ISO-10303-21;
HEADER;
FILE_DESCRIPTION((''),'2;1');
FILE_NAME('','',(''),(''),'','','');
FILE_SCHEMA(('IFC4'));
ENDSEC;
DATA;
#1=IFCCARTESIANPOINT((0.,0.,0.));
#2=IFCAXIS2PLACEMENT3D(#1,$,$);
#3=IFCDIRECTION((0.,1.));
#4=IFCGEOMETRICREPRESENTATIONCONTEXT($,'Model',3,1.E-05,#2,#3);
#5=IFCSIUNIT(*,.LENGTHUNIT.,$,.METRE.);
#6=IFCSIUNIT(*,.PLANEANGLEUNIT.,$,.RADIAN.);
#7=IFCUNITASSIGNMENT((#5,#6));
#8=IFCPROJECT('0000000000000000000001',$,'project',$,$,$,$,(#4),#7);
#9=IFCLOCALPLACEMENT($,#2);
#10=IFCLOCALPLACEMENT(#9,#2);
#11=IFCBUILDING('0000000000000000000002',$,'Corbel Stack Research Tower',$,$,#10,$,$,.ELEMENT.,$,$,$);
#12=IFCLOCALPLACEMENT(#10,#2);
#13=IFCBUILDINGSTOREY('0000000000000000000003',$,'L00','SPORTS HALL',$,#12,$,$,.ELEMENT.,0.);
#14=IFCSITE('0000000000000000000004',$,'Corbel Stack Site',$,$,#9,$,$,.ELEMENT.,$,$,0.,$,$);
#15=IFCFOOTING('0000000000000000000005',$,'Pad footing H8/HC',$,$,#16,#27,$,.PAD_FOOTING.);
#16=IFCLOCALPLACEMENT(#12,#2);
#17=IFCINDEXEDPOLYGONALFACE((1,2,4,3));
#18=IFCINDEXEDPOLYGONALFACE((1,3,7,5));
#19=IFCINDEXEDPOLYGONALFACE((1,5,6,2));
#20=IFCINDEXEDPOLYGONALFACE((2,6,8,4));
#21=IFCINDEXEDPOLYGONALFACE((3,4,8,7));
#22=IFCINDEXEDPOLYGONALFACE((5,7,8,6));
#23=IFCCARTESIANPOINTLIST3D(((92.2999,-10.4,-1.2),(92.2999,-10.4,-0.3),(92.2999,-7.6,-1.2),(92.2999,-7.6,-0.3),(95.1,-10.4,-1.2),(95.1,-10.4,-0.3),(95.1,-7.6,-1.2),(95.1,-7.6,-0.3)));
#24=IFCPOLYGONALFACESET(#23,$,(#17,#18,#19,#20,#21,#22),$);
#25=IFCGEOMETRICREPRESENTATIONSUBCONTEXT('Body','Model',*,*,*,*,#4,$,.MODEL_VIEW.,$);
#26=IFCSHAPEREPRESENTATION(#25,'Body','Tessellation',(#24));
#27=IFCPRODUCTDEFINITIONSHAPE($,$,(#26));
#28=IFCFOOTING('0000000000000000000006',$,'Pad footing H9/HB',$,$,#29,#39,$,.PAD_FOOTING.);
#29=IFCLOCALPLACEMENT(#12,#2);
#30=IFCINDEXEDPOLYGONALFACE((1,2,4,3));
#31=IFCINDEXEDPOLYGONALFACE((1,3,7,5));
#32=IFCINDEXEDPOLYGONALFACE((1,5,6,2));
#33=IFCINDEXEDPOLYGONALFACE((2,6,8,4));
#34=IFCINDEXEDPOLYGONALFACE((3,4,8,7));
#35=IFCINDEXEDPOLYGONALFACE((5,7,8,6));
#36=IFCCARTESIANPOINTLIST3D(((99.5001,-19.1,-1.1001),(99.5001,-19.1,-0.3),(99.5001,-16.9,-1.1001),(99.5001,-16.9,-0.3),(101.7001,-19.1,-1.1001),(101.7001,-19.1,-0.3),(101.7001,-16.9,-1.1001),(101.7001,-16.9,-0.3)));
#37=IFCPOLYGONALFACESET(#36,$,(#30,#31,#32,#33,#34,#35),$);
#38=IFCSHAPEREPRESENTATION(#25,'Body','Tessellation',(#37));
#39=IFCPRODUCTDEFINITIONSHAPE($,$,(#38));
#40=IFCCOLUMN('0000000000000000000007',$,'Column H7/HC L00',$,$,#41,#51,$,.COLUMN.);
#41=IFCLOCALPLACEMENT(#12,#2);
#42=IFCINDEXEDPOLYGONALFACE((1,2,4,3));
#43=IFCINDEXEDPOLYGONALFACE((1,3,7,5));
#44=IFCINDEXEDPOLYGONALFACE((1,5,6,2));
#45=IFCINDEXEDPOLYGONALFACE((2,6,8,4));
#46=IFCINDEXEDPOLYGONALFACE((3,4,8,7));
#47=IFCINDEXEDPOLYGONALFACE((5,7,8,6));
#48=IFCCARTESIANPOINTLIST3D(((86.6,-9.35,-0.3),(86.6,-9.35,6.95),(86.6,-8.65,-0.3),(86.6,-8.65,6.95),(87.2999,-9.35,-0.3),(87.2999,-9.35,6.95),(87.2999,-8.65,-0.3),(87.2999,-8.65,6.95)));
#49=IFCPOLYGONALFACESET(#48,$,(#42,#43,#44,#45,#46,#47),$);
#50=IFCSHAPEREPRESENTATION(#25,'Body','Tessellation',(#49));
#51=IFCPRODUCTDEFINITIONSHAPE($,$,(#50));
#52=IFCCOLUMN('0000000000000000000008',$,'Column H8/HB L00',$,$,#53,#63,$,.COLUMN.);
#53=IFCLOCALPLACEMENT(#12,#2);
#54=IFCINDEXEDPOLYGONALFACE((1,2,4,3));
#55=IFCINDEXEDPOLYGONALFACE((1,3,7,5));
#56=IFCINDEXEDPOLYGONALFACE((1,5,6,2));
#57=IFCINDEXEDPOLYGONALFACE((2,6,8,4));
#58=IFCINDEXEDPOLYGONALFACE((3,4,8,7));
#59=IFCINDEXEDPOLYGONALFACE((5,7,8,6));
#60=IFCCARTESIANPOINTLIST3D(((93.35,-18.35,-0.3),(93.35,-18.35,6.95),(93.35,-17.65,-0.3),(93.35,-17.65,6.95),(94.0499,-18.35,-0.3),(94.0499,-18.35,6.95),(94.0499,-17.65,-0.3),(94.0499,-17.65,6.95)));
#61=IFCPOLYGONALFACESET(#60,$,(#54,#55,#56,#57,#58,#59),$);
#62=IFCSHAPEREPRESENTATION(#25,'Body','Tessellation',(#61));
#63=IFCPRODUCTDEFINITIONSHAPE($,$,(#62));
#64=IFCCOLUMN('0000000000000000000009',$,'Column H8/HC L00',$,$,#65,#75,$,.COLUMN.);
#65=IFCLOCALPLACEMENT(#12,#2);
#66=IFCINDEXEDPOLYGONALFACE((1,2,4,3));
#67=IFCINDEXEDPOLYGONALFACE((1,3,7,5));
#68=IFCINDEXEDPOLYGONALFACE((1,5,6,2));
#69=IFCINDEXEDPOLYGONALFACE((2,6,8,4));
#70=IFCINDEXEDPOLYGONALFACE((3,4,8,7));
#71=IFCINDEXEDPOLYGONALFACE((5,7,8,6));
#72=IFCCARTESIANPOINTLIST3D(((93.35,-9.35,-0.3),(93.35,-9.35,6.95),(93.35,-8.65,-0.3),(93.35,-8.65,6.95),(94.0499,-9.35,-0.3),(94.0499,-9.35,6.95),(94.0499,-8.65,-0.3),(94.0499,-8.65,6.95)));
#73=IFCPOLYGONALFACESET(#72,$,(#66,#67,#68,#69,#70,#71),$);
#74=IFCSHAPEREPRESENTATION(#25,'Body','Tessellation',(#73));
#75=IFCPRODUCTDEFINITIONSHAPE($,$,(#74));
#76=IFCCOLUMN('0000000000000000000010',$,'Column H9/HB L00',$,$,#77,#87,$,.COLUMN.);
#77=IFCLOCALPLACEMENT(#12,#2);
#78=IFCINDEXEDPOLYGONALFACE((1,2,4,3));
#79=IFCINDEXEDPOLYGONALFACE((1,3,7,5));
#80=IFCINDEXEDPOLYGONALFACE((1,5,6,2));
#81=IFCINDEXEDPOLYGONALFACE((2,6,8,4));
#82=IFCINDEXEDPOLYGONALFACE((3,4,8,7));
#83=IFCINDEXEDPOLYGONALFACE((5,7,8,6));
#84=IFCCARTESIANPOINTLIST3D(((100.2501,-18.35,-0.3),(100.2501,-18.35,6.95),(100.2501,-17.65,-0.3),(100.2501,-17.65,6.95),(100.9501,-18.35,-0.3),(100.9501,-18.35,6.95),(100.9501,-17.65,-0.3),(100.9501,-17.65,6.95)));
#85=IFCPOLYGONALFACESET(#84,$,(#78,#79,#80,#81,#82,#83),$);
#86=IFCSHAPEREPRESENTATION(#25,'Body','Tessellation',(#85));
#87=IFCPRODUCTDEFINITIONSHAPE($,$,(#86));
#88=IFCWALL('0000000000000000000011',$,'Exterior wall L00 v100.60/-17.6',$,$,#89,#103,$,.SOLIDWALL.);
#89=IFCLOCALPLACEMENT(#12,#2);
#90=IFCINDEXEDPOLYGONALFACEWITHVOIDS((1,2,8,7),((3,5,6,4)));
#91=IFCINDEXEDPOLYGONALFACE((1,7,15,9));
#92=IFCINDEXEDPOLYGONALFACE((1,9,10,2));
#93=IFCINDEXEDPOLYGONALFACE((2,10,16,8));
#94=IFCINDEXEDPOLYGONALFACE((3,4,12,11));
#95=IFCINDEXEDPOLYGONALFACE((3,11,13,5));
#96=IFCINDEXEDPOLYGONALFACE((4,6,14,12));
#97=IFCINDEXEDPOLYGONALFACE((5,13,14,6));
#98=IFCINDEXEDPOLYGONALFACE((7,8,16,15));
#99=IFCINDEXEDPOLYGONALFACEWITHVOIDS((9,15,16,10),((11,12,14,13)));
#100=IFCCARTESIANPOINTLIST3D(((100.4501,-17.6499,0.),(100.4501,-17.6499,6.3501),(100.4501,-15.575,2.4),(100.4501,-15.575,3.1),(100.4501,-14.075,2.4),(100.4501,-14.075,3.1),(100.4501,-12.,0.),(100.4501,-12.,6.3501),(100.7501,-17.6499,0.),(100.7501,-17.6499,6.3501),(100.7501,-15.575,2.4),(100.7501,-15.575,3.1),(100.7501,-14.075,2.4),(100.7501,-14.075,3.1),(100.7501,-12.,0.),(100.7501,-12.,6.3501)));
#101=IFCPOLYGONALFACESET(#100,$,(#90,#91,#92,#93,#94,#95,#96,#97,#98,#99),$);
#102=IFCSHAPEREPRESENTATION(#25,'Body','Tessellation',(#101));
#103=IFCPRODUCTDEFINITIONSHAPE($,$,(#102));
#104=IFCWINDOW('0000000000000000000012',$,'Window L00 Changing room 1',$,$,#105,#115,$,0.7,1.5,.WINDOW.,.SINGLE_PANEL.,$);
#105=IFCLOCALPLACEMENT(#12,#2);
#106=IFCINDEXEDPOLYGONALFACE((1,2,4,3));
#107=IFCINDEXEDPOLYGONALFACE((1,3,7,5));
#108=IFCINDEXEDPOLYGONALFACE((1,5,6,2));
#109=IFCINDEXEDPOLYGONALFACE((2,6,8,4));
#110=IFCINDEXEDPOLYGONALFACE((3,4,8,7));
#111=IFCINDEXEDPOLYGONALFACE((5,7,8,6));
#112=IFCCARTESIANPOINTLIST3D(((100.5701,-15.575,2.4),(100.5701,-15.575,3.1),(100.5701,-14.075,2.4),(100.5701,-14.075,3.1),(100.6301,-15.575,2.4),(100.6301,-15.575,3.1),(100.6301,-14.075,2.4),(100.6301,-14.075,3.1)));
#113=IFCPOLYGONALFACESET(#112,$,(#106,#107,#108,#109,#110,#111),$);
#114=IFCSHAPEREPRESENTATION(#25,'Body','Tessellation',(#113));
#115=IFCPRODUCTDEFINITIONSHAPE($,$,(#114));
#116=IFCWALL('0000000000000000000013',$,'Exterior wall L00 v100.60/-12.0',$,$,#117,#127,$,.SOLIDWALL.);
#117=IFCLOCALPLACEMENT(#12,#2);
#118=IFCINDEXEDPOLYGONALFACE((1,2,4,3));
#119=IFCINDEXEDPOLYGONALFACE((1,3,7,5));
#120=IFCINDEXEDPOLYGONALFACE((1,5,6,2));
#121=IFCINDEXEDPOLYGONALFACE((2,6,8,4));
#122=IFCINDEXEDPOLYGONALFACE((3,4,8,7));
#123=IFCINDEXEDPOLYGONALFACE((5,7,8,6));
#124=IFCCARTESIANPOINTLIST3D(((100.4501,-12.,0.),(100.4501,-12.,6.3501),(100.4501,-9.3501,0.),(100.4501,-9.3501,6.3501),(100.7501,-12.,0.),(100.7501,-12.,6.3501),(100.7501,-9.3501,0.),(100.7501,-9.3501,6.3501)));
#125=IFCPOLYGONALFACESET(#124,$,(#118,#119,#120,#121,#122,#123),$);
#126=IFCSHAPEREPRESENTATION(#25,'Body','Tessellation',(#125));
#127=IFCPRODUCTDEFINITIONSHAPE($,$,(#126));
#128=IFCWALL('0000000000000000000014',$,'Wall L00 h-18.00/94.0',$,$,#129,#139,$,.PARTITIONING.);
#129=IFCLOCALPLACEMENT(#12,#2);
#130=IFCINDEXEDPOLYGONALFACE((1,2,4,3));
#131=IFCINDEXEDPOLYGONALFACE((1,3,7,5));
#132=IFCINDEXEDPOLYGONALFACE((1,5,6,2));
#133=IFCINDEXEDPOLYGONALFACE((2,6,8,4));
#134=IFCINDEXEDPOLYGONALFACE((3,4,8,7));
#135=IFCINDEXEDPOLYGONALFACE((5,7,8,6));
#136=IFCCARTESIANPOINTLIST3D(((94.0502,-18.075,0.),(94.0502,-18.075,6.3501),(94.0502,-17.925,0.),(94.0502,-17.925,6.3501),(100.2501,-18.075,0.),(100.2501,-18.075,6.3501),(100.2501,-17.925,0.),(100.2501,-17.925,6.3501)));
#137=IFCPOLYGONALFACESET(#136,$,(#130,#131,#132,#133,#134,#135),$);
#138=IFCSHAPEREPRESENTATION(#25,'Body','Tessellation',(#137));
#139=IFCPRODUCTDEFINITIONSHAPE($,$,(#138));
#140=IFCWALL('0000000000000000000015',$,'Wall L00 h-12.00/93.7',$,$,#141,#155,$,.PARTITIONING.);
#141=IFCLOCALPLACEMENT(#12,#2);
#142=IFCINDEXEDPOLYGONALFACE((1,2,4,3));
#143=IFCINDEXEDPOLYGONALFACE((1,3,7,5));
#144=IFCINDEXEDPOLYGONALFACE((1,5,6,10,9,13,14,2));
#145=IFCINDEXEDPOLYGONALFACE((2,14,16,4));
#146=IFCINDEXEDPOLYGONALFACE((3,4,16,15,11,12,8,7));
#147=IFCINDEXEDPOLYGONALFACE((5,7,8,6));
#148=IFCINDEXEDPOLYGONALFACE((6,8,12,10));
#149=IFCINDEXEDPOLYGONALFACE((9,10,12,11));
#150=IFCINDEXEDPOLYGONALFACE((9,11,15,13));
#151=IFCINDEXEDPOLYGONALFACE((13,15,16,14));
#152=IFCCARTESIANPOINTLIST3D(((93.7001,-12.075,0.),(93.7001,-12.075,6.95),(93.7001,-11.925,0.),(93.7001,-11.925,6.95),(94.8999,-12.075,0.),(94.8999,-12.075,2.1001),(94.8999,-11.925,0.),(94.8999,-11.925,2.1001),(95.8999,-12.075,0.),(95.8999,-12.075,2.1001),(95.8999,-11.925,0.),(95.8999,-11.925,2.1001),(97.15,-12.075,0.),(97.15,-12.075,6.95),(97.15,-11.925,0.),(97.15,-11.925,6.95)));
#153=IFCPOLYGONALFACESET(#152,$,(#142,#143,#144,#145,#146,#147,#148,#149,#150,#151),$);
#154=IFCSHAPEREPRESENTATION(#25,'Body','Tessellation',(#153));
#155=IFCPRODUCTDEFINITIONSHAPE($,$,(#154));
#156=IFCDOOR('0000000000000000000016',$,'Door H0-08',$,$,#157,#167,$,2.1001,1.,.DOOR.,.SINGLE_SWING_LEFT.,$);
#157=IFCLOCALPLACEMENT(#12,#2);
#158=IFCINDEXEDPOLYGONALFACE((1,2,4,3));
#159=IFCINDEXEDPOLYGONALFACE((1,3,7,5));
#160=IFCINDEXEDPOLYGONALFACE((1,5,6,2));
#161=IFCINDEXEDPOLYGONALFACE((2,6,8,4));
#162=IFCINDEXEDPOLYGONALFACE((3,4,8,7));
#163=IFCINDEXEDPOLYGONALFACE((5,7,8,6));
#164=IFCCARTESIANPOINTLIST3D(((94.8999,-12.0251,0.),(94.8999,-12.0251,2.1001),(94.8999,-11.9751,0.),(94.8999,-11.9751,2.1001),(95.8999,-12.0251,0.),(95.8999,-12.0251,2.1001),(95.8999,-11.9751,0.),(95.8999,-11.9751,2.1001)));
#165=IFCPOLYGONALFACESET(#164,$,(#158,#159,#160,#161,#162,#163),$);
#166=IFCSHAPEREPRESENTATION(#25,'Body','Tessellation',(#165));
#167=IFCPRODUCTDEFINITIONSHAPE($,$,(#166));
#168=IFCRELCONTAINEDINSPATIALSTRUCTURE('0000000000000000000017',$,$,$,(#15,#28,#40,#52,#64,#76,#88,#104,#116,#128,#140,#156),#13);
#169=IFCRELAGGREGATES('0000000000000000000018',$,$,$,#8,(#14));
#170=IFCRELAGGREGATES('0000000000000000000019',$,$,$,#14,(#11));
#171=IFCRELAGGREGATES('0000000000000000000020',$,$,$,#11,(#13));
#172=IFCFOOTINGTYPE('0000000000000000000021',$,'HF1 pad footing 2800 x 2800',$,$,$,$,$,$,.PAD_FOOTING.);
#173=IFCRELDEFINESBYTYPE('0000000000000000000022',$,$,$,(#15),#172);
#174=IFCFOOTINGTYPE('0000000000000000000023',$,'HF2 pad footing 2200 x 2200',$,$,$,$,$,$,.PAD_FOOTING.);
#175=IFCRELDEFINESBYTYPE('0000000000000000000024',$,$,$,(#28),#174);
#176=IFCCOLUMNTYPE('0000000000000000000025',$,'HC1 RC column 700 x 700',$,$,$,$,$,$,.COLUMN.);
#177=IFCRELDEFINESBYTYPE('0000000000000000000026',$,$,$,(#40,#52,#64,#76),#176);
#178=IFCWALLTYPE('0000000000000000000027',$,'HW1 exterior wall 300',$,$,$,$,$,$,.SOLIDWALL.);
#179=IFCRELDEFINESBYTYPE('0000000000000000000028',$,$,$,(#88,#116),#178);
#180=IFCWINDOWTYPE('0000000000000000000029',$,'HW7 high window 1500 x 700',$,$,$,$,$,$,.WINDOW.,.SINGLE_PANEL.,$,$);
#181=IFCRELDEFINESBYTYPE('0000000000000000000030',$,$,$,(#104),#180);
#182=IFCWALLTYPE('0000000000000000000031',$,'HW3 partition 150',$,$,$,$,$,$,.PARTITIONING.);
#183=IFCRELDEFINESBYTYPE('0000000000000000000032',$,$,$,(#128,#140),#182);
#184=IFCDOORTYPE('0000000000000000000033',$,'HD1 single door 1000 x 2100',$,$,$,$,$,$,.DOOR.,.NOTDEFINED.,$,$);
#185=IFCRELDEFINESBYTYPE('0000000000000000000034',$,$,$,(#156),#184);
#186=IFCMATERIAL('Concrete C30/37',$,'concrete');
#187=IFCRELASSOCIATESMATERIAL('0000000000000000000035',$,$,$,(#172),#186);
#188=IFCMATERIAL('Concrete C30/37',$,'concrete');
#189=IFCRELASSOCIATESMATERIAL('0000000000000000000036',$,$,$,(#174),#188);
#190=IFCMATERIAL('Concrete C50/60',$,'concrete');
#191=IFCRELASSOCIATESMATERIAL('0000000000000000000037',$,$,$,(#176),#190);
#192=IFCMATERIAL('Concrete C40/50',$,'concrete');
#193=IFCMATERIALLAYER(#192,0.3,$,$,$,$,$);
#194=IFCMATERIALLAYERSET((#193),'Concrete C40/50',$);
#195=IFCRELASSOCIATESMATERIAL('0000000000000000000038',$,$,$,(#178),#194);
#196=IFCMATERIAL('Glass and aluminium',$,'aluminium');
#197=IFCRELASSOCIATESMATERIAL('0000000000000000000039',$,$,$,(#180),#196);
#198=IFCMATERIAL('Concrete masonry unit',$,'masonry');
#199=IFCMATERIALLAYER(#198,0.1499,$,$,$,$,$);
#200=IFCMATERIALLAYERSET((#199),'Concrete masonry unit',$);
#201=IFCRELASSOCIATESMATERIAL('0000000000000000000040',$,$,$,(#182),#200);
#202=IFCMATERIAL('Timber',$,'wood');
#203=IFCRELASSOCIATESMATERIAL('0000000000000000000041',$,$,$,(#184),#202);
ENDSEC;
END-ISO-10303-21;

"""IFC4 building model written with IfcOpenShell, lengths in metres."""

from ifc_helpers import new_model, si_unit, direction, frame, frame_2d, origin, origin_2d, place, context, subcontext, project, spatial, rectangle, extrude, material, layer, layer_set, material_profile, profile_set, type_object, element, fill, save


model = new_model("IFC4")

# Units and contexts
model_context = context("Model", 3, precision=1e-05, world=origin(), true_north=direction((0.0, 1.0)))
body_context = subcontext(model_context, "Body", "Model", "MODEL_VIEW")
ifc_project = project(units=[si_unit("LENGTHUNIT", "METRE"), si_unit("PLANEANGLEUNIT", "RADIAN")], contexts=[model_context])

# Site, building, storey
site_placement = place(None, origin())
site = spatial("IfcSite", under=ifc_project, at=site_placement, Name="Corbel Stack Site", CompositionType="ELEMENT", RefElevation=0.0)
building_placement = place(site_placement, origin())
building = spatial("IfcBuilding", under=site, at=building_placement, Name="Corbel Stack Research Tower", CompositionType="ELEMENT")
storey_placement = place(building_placement, origin())
storey = spatial("IfcBuildingStorey", under=building, at=storey_placement, Name="L00", Description="SPORTS HALL", CompositionType="ELEMENT", Elevation=0.0)

# Footings
ifc_material_1 = material(Name="Concrete C30/37", Category="concrete")
footing_type_1 = type_object("IfcFootingType", Name="HF1 pad footing 2800 x 2800", PredefinedType="PAD_FOOTING", material=ifc_material_1)
footing_1_placement = place(storey_placement, frame((93.7, -9.0, -1.2), z_axis=(0.0, 0.0, 1.0), x_axis=(1.0, 0.0, 0.0)))
element("IfcFooting", 1, at=footing_1_placement, inside=storey, type_object=footing_type_1, Name="Pad footing H8/HC", PredefinedType="PAD_FOOTING", context=body_context, shape_type="SweptSolid", body=[
    extrude(rectangle(XDim=2.8, YDim=2.8, at=origin_2d()), origin(), (0.0, 0.0, 1.0), 0.8999),
])
ifc_material_2 = material(Name="Concrete C30/37", Category="concrete")
footing_type_2 = type_object("IfcFootingType", Name="HF2 pad footing 2200 x 2200", PredefinedType="PAD_FOOTING", material=ifc_material_2)
footing_2_placement = place(storey_placement, frame((100.6001, -18.0, -1.1001), z_axis=(0.0, 0.0, 1.0), x_axis=(1.0, 0.0, 0.0)))
element("IfcFooting", 2, at=footing_2_placement, inside=storey, type_object=footing_type_2, Name="Pad footing H9/HB", PredefinedType="PAD_FOOTING", context=body_context, shape_type="SweptSolid", body=[
    extrude(rectangle(XDim=2.2, YDim=2.2, at=origin_2d()), origin(), (0.0, 0.0, 1.0), 0.8),
])

# Columns
ifc_material_3 = material(Name="Concrete C50/60", Category="concrete")
ifc_material_profile = material_profile(ifc_material_3, rectangle(XDim=0.7, YDim=0.7, at=origin_2d()), Name="RC 700 x 700")
ifc_profile_set = profile_set([ifc_material_profile], Name="Concrete C50/60")
column_type = type_object("IfcColumnType", Name="HC1 RC column 700 x 700", PredefinedType="COLUMN", material=ifc_profile_set)
for number, where, z_axis, x_axis, name in (
    (3, (86.95, -9.0, -0.3), (0.0, 0.0, 1.0), (1.0, 0.0, 0.0), "Column H7/HC L00"),
    (4, (93.7, -18.0, -0.3), (0.0, 0.0, 1.0), (1.0, 0.0, 0.0), "Column H8/HB L00"),
    (5, (93.7, -9.0, -0.3), (0.0, 0.0, 1.0), (1.0, 0.0, 0.0), "Column H8/HC L00"),
    (6, (100.6001, -18.0, -0.3), (0.0, 0.0, 1.0), (1.0, 0.0, 0.0), "Column H9/HB L00"),
):
    element("IfcColumn", number, at=place(storey_placement, frame(where, z_axis=z_axis, x_axis=x_axis)), inside=storey, type_object=column_type, Name=name, PredefinedType="COLUMN", context=body_context, shape_type="SweptSolid", body=[
        extrude(rectangle(XDim=0.7, YDim=0.7, at=origin_2d()), origin(), (0.0, 0.0, 1.0), 7.25),
    ])

# Wall, opening, window
ifc_material_4 = material(Name="Concrete C40/50", Category="concrete")
ifc_layer_1 = layer(ifc_material_4, 0.3)
ifc_layer_set_1 = layer_set([ifc_layer_1], Name="Concrete C40/50")
wall_type_1 = type_object("IfcWallType", Name="HW1 exterior wall 300", PredefinedType="SOLIDWALL", material=ifc_layer_set_1)
wall_1_placement = place(storey_placement, frame((100.6001, -17.6499, 0.0), z_axis=(0.0, 0.0, 1.0), x_axis=(0.0, 1.0, 0.0)))
wall_1 = element("IfcWall", 7, at=wall_1_placement, inside=storey, type_object=wall_type_1, Name="Exterior wall L00 v100.60/-17.6", PredefinedType="SOLIDWALL", context=body_context, shape_type="SweptSolid", body=[
    extrude(rectangle(XDim=5.6499, YDim=0.3, at=frame_2d((2.825, 0.0))), origin(), (0.0, 0.0, 1.0), 6.3501),
])
opening_1_placement = place(wall_1_placement, frame((2.075, 0.0, 2.3999)))
opening_1 = element("IfcOpeningElement", 8, at=opening_1_placement, cuts=wall_1, PredefinedType="OPENING", context=body_context, shape_type="SweptSolid", body=[
    extrude(rectangle(XDim=1.5, YDim=0.7, at=frame_2d((0.75, 0.3501))), frame((0.0, 0.1599, 0.0), z_axis=(0.0, -1.0, 0.0), x_axis=(1.0, 0.0, 0.0)), (0.0, 0.0, 1.0), 0.3201),
])
ifc_material_5 = material(Name="Glass and aluminium", Category="aluminium")
window_type = type_object("IfcWindowType", Name="HW7 high window 1500 x 700", PartitioningType="SINGLE_PANEL", PredefinedType="WINDOW", material=ifc_material_5)
window_placement = place(opening_1_placement, origin())
window = element("IfcWindow", 9, at=window_placement, inside=storey, type_object=window_type, Name="Window L00 Changing room 1", OverallHeight=0.7, OverallWidth=1.5, PartitioningType="SINGLE_PANEL", PredefinedType="WINDOW", context=body_context, shape_type="SweptSolid", body=[
    extrude(rectangle(XDim=1.5, YDim=0.7, at=frame_2d((0.75, 0.3501))), frame((0.0, 0.03, 0.0), z_axis=(0.0, -1.0, 0.0), x_axis=(1.0, 0.0, 0.0)), (0.0, 0.0, 1.0), 0.0601),
])
fill(opening_1, window)

# Walls
wall_2_placement = place(storey_placement, frame((100.6001, -12.0, 0.0), z_axis=(0.0, 0.0, 1.0), x_axis=(0.0, 1.0, 0.0)))
element("IfcWall", 10, at=wall_2_placement, inside=storey, type_object=wall_type_1, Name="Exterior wall L00 v100.60/-12.0", PredefinedType="SOLIDWALL", context=body_context, shape_type="SweptSolid", body=[
    extrude(rectangle(XDim=2.6499, YDim=0.3, at=frame_2d((1.325, 0.0))), origin(), (0.0, 0.0, 1.0), 6.3501),
])
ifc_material_6 = material(Name="Concrete masonry unit", Category="masonry")
ifc_layer_2 = layer(ifc_material_6, 0.1499)
ifc_layer_set_2 = layer_set([ifc_layer_2], Name="Concrete masonry unit")
wall_type_2 = type_object("IfcWallType", Name="HW3 partition 150", PredefinedType="PARTITIONING", material=ifc_layer_set_2)
wall_3_placement = place(storey_placement, frame((94.05, -18.0, 0.0), z_axis=(0.0, 0.0, 1.0), x_axis=(1.0, 0.0, 0.0)))
element("IfcWall", 11, at=wall_3_placement, inside=storey, type_object=wall_type_2, Name="Wall L00 h-18.00/94.0", PredefinedType="PARTITIONING", context=body_context, shape_type="SweptSolid", body=[
    extrude(rectangle(XDim=6.2, YDim=0.1499, at=frame_2d((3.1001, 0.0))), origin(), (0.0, 0.0, 1.0), 6.3501),
])

# Wall, opening, door
wall_4_placement = place(storey_placement, frame((93.7, -12.0, 0.0), z_axis=(0.0, 0.0, 1.0), x_axis=(1.0, 0.0, 0.0)))
wall_4 = element("IfcWall", 12, at=wall_4_placement, inside=storey, type_object=wall_type_2, Name="Wall L00 h-12.00/93.7", PredefinedType="PARTITIONING", context=body_context, shape_type="SweptSolid", body=[
    extrude(rectangle(XDim=3.45, YDim=0.1499, at=frame_2d((1.7251, 0.0))), origin(), (0.0, 0.0, 1.0), 6.95),
])
opening_2_placement = place(wall_4_placement, frame((1.2, 0.0, 0.0)))
opening_2 = element("IfcOpeningElement", 13, at=opening_2_placement, cuts=wall_4, PredefinedType="OPENING", context=body_context, shape_type="SweptSolid", body=[
    extrude(rectangle(XDim=1.0, YDim=2.1001, at=frame_2d((0.5, 1.05))), frame((0.0, 0.085, 0.0), z_axis=(0.0, -1.0, 0.0), x_axis=(1.0, 0.0, 0.0)), (0.0, 0.0, 1.0), 0.1699),
])
ifc_material_7 = material(Name="Timber", Category="wood")
door_type_1 = type_object("IfcDoorType", Name="HD1 single door 1000 x 2100", OperationType="NOTDEFINED", PredefinedType="DOOR", material=ifc_material_7)
door_1_placement = place(opening_2_placement, origin())
door_1 = element("IfcDoor", 14, at=door_1_placement, inside=storey, type_object=door_type_1, Name="Door H0-08", OperationType="SINGLE_SWING_LEFT", OverallHeight=2.1001, OverallWidth=1.0, PredefinedType="DOOR", context=body_context, shape_type="SweptSolid", body=[
    extrude(rectangle(XDim=1.0, YDim=2.1001, at=frame_2d((0.5, 1.05))), frame((0.0, 0.0249, 0.0), z_axis=(0.0, -1.0, 0.0), x_axis=(1.0, 0.0, 0.0)), (0.0, 0.0, 1.0), 0.05),
])
fill(opening_2, door_1)

save(model, "model.ifc")
